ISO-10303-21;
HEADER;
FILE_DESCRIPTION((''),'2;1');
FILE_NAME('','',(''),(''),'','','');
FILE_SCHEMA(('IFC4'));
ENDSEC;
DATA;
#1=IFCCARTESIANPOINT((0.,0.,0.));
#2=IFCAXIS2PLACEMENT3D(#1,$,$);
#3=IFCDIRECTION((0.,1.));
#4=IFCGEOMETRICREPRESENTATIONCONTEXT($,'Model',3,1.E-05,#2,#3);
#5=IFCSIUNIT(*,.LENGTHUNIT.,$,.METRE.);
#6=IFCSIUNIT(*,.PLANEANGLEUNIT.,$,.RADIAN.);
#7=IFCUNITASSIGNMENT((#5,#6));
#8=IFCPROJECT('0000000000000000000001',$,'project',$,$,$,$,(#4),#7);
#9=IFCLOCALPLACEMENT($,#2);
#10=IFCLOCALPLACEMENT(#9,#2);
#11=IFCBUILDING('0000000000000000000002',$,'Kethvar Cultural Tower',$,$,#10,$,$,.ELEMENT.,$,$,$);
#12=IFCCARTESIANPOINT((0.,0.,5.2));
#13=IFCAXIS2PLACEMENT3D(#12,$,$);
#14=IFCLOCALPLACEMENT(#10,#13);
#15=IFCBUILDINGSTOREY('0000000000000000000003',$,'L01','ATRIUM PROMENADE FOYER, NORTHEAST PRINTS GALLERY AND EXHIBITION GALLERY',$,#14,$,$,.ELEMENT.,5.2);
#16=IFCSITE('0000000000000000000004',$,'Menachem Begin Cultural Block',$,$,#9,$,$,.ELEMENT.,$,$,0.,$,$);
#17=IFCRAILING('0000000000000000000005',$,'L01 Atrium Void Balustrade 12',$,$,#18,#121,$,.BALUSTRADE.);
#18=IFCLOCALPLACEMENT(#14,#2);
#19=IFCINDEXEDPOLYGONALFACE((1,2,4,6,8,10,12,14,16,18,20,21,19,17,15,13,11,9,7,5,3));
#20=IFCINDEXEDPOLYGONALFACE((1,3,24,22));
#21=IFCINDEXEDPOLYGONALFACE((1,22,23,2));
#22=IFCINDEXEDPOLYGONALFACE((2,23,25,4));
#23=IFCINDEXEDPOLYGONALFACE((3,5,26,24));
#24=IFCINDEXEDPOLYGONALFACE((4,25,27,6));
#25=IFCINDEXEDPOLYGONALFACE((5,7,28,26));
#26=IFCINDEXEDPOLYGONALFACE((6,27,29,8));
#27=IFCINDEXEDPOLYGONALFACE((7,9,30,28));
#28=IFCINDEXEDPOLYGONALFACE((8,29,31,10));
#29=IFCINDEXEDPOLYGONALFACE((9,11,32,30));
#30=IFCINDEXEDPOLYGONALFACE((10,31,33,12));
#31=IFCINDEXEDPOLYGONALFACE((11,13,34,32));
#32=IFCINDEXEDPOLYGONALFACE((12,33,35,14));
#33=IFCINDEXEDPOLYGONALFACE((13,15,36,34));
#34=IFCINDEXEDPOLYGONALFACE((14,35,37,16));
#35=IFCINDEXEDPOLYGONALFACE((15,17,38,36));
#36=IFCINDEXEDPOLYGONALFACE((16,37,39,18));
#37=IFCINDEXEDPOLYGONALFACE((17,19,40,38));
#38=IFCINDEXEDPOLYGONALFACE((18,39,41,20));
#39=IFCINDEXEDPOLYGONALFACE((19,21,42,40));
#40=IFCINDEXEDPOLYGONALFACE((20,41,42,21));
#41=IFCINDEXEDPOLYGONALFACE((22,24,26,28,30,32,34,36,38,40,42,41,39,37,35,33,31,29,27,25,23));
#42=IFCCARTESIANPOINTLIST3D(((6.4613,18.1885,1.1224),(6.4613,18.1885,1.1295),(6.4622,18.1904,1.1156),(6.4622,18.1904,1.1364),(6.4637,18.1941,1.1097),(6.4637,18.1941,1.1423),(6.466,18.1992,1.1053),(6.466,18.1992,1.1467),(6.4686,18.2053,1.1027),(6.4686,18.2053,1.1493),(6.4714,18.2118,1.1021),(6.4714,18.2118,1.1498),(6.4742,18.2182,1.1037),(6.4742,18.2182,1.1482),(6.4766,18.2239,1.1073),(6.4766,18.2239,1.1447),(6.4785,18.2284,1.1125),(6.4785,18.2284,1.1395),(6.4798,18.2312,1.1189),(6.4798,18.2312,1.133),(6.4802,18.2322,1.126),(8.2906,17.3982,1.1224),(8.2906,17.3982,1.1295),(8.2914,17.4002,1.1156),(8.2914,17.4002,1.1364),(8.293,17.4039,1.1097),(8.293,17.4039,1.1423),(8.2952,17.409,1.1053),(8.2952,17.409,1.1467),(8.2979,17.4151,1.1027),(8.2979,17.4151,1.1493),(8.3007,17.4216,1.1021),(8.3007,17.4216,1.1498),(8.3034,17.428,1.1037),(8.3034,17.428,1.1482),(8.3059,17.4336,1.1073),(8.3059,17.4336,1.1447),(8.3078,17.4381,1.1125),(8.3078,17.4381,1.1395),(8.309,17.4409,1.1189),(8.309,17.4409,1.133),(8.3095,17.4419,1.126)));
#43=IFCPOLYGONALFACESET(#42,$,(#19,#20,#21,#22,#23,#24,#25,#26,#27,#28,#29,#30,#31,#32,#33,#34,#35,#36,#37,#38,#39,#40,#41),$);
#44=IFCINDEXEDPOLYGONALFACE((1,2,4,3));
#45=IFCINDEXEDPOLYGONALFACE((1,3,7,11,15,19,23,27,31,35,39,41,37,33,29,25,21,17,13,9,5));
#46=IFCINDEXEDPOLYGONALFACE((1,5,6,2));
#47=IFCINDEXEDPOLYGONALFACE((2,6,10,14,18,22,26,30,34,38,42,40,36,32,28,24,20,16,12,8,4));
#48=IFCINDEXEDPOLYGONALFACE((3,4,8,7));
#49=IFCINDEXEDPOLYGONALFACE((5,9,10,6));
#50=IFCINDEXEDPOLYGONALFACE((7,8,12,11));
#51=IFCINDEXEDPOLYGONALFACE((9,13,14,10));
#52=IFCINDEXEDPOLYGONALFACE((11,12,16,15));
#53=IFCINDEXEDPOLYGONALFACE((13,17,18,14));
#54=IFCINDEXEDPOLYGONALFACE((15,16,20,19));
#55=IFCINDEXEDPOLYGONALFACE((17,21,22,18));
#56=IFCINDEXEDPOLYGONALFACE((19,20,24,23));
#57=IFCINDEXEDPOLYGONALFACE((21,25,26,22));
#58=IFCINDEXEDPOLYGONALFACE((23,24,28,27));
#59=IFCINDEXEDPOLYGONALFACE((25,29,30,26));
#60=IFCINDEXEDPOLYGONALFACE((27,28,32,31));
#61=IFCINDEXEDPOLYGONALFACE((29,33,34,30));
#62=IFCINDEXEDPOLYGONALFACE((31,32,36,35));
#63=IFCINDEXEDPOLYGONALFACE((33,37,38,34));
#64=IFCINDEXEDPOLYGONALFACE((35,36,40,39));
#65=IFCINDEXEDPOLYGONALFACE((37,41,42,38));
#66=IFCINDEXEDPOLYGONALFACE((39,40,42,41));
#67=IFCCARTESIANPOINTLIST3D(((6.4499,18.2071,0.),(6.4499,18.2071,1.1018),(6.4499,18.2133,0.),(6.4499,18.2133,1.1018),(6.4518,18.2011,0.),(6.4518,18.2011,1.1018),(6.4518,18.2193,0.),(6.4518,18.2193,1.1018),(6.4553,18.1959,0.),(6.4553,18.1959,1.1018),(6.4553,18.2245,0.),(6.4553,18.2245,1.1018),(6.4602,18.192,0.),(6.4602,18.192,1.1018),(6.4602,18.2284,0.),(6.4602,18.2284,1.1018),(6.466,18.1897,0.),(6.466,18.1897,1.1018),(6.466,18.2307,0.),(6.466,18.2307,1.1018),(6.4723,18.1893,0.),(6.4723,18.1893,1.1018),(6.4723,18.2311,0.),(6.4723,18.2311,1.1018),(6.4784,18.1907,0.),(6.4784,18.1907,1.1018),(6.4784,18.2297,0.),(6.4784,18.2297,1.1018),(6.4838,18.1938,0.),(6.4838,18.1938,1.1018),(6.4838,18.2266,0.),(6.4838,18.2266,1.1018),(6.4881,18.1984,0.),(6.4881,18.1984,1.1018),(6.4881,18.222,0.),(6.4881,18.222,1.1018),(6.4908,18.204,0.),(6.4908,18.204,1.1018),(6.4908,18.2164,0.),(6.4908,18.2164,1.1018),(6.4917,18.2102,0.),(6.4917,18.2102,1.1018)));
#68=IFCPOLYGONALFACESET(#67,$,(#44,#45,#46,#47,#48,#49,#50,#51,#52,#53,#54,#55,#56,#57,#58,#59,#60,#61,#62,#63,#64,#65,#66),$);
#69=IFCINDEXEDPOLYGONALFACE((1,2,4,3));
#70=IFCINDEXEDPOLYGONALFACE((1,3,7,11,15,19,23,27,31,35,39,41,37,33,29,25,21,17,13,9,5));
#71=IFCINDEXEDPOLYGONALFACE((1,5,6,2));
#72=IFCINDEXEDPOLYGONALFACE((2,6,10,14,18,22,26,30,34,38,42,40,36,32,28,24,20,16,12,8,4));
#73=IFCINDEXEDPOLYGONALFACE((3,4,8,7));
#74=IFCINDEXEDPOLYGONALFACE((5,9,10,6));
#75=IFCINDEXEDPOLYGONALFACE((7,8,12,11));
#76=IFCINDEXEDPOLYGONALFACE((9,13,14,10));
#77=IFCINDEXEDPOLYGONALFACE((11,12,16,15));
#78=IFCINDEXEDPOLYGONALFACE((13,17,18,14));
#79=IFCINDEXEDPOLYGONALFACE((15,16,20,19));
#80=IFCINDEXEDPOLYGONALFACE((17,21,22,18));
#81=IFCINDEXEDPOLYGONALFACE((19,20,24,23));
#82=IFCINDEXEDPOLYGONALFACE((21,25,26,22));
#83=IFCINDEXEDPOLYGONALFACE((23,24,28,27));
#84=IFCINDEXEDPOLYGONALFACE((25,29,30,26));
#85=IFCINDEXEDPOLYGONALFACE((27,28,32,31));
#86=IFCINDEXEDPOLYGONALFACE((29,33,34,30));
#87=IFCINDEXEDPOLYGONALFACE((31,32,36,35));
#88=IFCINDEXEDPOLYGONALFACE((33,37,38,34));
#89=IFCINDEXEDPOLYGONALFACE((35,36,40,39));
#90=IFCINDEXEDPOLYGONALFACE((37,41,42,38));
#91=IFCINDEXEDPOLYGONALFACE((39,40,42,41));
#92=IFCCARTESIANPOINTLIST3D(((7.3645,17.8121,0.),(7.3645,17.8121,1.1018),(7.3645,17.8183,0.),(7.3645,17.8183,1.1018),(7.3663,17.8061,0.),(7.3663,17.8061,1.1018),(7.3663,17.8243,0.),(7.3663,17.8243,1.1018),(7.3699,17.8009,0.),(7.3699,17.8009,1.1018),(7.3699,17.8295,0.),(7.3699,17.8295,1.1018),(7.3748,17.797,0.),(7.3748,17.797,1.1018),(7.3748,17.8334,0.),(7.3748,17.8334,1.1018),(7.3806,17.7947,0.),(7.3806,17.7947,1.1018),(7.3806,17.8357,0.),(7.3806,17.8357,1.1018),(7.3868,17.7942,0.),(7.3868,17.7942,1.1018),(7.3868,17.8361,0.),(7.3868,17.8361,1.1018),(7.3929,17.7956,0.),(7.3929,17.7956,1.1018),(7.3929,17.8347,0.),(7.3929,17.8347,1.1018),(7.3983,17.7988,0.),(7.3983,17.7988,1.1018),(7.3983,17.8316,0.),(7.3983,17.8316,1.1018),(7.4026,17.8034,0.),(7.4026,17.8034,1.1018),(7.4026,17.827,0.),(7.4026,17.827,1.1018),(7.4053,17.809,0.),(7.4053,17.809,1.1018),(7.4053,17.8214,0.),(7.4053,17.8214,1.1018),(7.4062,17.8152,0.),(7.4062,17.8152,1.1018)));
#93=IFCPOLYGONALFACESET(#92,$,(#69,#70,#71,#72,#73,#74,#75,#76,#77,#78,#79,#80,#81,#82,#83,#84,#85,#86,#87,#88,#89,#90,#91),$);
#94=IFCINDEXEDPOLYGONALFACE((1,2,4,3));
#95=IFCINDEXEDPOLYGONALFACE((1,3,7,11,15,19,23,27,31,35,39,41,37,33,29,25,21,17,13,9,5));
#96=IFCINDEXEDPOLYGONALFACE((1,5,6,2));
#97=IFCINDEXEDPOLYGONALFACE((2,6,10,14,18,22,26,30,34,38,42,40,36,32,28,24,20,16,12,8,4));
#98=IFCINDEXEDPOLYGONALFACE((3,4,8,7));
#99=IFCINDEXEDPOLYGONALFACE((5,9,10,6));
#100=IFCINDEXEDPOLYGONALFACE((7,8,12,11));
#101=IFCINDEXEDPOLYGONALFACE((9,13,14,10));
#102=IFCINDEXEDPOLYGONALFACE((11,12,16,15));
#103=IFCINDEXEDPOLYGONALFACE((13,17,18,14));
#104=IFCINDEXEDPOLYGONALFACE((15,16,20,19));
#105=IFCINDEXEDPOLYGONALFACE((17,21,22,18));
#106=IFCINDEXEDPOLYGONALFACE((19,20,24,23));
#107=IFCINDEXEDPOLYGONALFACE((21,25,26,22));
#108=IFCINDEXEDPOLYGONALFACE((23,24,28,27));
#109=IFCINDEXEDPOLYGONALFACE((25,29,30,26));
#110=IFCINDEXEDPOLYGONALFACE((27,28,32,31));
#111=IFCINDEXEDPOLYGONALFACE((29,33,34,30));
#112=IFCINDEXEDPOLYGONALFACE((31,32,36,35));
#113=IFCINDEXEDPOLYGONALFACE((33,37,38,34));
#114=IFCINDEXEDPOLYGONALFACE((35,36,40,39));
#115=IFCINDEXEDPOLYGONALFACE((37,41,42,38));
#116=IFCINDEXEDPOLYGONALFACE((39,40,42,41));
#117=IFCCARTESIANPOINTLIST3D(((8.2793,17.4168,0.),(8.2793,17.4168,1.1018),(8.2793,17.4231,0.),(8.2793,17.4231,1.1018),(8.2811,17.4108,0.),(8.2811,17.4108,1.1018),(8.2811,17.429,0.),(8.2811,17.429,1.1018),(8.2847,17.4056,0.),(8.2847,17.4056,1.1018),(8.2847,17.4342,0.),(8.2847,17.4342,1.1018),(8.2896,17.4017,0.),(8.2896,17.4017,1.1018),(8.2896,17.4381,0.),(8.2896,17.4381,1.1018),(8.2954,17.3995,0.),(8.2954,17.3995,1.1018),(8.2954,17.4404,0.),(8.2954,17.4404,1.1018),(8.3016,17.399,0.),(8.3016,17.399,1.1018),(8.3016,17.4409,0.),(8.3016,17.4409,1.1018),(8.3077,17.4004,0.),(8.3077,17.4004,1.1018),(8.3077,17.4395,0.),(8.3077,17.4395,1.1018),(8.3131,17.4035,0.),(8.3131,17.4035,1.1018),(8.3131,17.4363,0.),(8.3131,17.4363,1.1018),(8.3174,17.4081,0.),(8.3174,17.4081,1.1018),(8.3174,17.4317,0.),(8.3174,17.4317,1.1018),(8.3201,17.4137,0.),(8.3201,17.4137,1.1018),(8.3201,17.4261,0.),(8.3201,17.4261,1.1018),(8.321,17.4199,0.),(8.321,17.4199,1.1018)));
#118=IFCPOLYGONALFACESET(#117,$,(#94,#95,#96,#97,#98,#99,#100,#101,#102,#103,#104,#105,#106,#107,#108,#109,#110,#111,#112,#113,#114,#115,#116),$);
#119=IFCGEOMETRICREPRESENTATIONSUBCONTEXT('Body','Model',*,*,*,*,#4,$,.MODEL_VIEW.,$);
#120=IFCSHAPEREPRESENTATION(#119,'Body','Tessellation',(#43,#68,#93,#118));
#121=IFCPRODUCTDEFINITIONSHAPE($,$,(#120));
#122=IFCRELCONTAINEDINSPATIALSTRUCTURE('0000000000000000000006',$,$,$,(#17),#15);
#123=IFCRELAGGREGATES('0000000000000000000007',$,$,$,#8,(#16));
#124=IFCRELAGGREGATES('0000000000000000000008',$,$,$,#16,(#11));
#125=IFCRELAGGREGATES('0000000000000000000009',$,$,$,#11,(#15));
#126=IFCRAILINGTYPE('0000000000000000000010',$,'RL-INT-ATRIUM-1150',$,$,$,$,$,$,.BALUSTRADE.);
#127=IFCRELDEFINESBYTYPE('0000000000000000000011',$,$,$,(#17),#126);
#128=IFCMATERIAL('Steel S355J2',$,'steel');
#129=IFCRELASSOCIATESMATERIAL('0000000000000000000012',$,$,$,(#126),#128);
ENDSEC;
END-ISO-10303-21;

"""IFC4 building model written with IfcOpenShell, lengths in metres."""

from ifc_helpers import new_model, si_unit, direction, frame, origin, origin_2d, place, context, subcontext, project, spatial, circle, extrude, material, type_object, element, save


model = new_model("IFC4")

# Units and contexts
model_context = context("Model", 3, precision=1e-05, world=origin(), true_north=direction((0.0, 1.0)))
body_context = subcontext(model_context, "Body", "Model", "MODEL_VIEW")
ifc_project = project(units=[si_unit("LENGTHUNIT", "METRE"), si_unit("PLANEANGLEUNIT", "RADIAN")], contexts=[model_context])

# Site, building, storey
site_placement = place(None, origin())
site = spatial("IfcSite", under=ifc_project, at=site_placement, Name="Menachem Begin Cultural Block", CompositionType="ELEMENT", RefElevation=0.0)
building_placement = place(site_placement, origin())
building = spatial("IfcBuilding", under=site, at=building_placement, Name="Kethvar Cultural Tower", CompositionType="ELEMENT")
storey_placement = place(building_placement, frame((0.0, 0.0, 5.2)))
storey = spatial("IfcBuildingStorey", under=building, at=storey_placement, Name="L01", Description="ATRIUM PROMENADE FOYER, NORTHEAST PRINTS GALLERY AND EXHIBITION GALLERY", CompositionType="ELEMENT", Elevation=5.2)

# Shared definitions
ifc_material_1 = material(Name="Steel S355J2", Category="steel")

# Railing
railing_type_1 = type_object("IfcRailingType", Name="RL-INT-ATRIUM-1150", PredefinedType="BALUSTRADE", material=ifc_material_1)
railing_1_placement = place(storey_placement, frame((6.4707, 18.2102, 0.0)))
element("IfcRailing", 1, at=railing_1_placement, inside=storey, type_object=railing_type_1, Name="L01 Atrium Void Balustrade 12", PredefinedType="BALUSTRADE", context=body_context, shape_type="SweptSolid", body=[
    extrude(circle(Radius=0.0239, at=origin_2d()), frame((0.0, 0.0, 1.126), z_axis=(0.918001, -0.396579, 0.0), x_axis=(0.396579, 0.918001, 0.0)), (0.0, 0.0, 1.0), 1.9927),
    extrude(circle(Radius=0.021, at=origin_2d()), origin(), (0.0, 0.0, 1.0), 1.1018),
    extrude(circle(Radius=0.021, at=origin_2d()), frame((0.9146, -0.395, 0.0)), (0.0, 0.0, 1.0), 1.1018),
    extrude(circle(Radius=0.021, at=origin_2d()), frame((1.8293, -0.7903, 0.0)), (0.0, 0.0, 1.0), 1.1018),
])

save(model, "model.ifc")
